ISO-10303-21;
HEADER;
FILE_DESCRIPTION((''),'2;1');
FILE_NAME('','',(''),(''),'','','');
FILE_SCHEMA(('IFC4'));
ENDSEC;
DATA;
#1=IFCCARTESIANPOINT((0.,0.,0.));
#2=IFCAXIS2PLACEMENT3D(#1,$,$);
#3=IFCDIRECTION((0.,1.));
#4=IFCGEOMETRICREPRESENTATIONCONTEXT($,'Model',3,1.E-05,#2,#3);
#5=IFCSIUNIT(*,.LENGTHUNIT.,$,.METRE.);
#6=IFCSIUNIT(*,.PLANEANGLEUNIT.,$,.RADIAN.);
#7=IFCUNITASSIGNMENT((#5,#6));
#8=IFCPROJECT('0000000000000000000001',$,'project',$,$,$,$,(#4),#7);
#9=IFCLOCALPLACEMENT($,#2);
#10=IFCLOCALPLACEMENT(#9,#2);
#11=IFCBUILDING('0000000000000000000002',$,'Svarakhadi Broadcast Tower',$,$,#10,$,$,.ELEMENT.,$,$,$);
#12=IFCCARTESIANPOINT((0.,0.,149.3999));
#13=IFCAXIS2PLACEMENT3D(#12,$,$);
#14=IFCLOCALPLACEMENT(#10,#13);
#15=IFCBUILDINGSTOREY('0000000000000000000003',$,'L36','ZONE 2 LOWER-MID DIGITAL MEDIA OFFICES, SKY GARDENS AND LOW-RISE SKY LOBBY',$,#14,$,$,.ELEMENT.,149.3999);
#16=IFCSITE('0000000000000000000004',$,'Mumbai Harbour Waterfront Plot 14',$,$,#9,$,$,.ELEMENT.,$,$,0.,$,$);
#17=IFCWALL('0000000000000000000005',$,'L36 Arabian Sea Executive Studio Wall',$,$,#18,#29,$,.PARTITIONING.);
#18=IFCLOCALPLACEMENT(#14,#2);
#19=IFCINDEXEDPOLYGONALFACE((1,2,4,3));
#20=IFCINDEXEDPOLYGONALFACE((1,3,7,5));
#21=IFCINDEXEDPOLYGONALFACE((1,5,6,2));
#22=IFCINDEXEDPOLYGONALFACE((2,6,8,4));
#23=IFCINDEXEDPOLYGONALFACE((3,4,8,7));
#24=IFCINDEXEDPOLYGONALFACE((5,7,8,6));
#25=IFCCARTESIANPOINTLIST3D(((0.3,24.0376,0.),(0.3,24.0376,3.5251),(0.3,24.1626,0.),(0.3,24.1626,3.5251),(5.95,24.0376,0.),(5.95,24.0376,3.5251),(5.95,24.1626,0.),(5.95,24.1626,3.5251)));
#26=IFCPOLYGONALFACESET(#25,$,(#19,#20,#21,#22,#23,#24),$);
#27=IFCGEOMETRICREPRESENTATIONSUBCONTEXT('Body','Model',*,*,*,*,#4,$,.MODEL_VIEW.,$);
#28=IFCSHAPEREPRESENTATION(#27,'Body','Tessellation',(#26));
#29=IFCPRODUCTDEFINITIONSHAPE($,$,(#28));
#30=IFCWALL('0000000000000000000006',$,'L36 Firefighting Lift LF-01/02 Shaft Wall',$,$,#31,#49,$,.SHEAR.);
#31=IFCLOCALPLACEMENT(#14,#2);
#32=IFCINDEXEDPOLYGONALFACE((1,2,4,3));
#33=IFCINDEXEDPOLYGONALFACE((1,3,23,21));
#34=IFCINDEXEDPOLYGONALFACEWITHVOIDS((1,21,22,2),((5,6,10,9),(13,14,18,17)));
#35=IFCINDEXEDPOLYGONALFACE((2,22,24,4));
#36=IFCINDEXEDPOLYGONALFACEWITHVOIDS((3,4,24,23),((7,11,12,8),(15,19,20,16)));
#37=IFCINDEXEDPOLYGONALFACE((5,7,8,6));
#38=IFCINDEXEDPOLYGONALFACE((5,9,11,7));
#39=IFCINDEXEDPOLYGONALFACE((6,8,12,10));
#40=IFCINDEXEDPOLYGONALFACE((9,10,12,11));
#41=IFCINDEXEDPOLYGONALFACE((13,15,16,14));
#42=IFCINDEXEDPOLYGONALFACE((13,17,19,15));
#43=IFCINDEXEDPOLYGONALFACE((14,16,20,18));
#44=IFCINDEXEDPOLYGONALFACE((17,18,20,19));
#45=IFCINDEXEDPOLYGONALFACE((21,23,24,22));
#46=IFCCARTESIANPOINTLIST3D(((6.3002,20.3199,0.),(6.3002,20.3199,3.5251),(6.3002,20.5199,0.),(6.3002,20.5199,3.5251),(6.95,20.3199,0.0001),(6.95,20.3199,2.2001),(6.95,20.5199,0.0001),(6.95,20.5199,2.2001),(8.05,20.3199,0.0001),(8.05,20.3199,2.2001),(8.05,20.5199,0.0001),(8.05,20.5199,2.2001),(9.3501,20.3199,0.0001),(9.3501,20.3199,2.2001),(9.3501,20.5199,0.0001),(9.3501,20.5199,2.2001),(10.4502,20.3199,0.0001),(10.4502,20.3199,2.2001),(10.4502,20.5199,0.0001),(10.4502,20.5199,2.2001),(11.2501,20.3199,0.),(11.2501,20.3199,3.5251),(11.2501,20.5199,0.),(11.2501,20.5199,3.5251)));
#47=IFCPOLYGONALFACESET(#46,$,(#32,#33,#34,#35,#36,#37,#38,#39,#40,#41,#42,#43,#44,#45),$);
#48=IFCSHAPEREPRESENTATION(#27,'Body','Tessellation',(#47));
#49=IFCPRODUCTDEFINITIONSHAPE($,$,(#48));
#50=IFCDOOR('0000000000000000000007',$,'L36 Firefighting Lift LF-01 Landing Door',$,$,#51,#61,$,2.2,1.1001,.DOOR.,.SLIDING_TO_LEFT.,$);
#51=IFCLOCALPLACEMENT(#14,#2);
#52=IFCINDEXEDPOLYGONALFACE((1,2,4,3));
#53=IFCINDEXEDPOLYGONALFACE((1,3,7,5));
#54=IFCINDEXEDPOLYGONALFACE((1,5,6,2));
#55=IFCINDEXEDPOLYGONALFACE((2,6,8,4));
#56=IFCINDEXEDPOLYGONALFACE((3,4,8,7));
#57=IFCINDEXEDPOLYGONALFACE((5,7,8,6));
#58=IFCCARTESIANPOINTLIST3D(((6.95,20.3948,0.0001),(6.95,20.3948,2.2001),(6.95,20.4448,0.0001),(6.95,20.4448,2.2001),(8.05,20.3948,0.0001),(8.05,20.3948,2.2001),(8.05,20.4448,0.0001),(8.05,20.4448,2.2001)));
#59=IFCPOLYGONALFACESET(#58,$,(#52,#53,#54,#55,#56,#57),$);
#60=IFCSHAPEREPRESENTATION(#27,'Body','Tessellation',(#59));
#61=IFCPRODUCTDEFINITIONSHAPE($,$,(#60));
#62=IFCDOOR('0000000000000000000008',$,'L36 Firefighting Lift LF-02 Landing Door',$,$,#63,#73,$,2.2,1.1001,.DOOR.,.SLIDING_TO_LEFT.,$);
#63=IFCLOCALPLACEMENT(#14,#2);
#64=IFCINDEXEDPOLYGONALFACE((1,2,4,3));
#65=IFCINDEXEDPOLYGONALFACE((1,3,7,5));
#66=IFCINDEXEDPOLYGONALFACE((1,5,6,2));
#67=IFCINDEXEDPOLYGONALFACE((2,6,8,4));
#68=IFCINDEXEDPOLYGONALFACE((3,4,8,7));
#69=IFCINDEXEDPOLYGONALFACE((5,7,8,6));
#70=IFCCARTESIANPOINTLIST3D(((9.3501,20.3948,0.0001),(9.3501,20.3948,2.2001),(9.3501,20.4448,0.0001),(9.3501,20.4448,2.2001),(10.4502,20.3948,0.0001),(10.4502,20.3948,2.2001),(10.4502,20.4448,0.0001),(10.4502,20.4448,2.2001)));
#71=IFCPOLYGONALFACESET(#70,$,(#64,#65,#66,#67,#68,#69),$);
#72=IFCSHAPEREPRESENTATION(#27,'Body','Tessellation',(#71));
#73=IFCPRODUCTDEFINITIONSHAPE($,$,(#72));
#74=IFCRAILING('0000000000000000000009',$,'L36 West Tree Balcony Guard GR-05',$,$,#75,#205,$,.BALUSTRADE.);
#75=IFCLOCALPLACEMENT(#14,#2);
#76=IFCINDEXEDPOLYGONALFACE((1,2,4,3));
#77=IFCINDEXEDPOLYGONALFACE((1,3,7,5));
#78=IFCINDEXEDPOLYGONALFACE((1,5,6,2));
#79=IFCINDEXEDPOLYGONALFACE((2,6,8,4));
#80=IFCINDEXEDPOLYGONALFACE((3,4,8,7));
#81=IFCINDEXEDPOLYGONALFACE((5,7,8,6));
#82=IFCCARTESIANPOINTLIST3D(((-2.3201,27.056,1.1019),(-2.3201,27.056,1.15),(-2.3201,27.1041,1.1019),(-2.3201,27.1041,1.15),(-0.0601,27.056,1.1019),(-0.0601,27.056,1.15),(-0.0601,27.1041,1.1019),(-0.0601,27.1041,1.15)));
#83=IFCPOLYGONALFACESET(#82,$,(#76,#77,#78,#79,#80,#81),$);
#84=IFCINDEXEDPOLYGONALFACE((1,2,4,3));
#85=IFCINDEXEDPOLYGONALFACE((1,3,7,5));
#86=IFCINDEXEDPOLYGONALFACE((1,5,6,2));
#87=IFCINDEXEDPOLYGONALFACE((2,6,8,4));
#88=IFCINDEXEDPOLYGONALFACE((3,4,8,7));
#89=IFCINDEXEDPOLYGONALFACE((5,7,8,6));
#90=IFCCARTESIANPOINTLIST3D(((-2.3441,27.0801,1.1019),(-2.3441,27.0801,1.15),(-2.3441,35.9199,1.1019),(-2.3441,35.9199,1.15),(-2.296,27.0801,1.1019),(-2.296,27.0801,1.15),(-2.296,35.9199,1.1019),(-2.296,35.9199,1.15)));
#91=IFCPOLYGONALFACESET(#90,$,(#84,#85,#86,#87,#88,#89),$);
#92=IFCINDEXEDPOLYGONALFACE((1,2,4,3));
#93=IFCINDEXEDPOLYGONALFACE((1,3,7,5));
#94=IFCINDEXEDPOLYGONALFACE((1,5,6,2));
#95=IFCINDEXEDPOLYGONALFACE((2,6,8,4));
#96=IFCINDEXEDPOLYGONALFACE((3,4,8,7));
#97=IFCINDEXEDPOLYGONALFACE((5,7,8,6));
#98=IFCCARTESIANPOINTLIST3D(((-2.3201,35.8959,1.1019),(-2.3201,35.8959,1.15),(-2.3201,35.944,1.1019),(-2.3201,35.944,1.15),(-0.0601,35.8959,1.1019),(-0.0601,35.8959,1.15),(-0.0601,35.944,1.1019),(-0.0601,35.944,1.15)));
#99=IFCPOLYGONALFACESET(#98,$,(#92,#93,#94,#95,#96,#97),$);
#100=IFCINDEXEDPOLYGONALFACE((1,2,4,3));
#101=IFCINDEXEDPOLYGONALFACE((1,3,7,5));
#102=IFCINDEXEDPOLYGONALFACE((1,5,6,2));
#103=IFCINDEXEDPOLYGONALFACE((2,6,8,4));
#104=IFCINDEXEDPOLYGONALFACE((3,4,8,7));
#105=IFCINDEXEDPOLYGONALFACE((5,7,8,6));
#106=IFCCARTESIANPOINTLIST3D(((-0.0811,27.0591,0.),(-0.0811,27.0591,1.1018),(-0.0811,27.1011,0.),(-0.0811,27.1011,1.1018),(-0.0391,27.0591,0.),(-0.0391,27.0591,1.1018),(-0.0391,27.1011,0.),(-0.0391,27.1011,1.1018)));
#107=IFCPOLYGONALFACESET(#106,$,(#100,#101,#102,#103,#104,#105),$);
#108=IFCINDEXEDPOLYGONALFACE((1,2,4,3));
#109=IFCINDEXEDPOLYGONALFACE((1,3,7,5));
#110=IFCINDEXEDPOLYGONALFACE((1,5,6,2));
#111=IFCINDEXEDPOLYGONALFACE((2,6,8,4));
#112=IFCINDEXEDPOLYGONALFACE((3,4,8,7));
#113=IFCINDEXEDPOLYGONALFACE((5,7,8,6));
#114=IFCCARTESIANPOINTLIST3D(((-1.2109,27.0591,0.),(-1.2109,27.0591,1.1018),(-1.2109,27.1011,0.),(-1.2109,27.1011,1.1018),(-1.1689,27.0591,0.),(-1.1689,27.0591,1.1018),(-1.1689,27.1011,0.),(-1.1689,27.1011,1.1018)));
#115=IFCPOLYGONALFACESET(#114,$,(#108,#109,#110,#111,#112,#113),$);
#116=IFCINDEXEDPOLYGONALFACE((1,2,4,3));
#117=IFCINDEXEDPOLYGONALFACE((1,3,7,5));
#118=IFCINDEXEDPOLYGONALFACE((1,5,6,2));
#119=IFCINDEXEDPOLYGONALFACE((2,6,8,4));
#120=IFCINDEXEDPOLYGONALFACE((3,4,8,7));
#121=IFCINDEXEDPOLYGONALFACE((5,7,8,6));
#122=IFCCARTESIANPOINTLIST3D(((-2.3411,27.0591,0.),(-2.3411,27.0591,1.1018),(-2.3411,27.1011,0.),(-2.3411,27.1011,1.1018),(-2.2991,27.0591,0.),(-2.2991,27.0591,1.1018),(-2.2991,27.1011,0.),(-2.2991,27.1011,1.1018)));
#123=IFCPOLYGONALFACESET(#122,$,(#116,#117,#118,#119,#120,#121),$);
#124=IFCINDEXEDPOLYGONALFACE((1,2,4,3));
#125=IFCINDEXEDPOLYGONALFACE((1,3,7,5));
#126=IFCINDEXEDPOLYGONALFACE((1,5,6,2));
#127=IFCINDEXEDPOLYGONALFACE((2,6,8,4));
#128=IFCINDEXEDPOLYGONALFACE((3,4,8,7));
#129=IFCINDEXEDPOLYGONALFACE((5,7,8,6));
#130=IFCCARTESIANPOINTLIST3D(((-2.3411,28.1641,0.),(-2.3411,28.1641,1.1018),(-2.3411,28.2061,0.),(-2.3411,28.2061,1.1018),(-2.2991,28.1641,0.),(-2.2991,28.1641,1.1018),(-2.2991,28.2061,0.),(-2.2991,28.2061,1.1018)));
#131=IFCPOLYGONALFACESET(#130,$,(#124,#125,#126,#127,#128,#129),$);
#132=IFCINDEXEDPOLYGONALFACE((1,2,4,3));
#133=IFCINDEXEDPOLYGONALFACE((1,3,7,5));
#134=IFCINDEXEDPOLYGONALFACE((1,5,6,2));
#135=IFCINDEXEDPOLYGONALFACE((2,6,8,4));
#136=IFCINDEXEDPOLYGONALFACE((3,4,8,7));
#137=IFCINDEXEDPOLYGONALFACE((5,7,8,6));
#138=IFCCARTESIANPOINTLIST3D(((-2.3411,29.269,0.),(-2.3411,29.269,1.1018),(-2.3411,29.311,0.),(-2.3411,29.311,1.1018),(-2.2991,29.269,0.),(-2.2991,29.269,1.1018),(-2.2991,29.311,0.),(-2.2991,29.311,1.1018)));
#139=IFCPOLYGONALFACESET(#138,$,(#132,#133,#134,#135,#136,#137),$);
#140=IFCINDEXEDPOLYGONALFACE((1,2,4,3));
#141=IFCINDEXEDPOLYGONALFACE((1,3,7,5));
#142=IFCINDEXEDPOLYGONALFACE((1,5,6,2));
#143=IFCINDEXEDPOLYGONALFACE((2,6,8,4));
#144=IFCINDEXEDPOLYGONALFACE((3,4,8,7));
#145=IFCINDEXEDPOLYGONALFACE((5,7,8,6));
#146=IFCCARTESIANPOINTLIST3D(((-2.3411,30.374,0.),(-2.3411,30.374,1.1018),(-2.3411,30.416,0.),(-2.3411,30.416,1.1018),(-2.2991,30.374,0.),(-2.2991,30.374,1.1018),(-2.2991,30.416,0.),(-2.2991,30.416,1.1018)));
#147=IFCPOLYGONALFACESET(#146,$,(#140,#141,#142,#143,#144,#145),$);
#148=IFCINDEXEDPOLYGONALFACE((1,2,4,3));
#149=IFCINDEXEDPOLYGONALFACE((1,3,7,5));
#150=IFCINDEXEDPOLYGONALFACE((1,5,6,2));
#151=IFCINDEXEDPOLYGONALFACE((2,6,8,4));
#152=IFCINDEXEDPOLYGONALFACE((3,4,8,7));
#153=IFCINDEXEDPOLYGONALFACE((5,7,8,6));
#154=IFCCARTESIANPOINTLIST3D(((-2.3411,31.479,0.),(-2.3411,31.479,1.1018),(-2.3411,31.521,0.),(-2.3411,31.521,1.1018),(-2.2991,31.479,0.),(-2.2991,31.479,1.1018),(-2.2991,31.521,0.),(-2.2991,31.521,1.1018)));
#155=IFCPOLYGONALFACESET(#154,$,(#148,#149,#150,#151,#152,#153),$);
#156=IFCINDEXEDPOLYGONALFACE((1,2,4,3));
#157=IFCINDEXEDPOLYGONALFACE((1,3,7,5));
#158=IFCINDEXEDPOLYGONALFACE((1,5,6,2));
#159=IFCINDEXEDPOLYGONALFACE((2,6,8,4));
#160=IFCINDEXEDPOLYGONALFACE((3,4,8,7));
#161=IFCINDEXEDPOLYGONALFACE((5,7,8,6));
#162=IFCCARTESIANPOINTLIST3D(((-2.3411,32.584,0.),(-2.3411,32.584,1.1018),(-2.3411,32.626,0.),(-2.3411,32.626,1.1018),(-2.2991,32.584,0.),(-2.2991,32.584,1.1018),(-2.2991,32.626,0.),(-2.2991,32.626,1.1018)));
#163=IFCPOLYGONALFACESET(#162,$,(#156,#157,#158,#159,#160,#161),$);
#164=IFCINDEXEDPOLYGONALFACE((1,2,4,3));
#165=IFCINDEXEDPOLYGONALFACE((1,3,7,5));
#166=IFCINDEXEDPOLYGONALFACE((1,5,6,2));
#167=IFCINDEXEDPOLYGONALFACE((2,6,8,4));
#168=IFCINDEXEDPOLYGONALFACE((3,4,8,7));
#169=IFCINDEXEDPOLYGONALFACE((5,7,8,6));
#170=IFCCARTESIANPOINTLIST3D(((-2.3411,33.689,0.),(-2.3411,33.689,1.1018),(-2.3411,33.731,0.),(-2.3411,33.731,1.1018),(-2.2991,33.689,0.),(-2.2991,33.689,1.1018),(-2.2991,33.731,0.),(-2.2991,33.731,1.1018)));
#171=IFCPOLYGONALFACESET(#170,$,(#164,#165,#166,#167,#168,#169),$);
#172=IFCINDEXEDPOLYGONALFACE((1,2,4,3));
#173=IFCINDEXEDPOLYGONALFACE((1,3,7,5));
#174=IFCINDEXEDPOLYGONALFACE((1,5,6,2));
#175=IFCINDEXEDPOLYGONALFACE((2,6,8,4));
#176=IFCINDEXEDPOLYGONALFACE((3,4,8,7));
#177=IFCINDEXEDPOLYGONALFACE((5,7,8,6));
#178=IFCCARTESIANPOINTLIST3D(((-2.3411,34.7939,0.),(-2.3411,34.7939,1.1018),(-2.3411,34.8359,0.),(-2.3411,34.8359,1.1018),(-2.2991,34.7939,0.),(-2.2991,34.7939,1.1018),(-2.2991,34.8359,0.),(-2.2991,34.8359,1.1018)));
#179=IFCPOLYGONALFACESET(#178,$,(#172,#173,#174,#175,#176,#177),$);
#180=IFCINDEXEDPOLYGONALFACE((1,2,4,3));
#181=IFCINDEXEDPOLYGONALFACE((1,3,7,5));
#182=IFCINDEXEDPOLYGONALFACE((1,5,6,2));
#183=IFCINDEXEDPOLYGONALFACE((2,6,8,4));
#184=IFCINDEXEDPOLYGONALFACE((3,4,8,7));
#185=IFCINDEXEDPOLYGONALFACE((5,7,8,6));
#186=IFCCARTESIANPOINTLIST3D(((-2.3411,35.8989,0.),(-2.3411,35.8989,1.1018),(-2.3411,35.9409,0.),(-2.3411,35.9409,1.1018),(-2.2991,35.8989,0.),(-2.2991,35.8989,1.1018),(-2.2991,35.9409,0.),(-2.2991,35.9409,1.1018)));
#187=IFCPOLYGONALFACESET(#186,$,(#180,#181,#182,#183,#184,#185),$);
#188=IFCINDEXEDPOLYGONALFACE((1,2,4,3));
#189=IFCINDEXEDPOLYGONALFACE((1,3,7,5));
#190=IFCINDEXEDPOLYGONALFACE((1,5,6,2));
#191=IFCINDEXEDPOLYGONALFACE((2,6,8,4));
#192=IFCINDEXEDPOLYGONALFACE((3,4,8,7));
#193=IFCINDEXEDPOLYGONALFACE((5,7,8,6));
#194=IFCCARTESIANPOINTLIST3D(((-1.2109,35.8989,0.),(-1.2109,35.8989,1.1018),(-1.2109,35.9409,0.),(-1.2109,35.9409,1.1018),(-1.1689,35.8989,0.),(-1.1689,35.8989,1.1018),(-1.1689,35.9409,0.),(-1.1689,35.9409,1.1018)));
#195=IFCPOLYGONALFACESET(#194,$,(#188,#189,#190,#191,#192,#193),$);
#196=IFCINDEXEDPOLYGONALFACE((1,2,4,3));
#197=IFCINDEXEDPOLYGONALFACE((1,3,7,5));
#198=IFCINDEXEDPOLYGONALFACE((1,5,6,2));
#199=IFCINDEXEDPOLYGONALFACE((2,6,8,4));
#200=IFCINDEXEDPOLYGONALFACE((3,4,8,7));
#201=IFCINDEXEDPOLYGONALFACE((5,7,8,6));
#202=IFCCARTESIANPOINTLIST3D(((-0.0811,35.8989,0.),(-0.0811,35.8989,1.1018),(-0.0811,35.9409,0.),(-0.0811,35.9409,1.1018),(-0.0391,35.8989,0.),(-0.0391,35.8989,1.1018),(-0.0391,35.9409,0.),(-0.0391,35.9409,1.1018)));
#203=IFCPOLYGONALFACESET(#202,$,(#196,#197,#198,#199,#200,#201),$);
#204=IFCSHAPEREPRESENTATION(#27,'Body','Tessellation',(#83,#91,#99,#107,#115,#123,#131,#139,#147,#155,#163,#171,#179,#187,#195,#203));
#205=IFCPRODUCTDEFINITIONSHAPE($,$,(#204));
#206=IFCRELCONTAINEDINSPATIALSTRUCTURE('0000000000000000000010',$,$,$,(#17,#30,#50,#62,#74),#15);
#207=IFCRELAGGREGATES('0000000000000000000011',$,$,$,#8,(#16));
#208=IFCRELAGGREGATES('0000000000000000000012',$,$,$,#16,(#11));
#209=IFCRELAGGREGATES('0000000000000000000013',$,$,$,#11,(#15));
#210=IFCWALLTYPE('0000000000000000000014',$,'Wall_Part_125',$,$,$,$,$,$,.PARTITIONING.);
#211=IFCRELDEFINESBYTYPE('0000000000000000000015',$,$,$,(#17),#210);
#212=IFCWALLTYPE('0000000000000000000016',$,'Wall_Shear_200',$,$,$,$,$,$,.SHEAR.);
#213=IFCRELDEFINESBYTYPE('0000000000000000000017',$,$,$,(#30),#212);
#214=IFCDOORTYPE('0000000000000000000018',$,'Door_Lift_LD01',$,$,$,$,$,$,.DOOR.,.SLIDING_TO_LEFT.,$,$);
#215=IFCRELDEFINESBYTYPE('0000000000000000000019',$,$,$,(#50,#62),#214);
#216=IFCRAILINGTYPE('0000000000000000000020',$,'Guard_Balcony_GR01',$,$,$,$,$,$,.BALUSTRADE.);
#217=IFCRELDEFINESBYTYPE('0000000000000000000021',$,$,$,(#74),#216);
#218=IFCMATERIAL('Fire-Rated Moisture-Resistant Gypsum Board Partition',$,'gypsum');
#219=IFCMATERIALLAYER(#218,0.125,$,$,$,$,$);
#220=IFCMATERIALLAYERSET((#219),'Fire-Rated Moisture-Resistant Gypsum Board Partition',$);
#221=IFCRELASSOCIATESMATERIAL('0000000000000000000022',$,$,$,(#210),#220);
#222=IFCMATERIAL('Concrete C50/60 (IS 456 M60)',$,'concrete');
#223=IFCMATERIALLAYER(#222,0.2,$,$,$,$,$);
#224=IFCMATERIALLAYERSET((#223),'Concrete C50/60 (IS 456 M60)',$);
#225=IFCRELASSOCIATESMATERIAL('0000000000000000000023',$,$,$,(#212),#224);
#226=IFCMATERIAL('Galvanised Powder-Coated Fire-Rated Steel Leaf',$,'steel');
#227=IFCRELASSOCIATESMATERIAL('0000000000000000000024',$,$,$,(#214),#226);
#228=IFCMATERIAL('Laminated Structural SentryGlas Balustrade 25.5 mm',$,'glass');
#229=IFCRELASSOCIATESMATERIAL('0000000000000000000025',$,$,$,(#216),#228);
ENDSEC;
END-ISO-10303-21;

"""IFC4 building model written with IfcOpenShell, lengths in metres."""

from ifc_helpers import new_model, si_unit, direction, frame, frame_2d, origin, origin_2d, place, context, subcontext, project, spatial, rectangle, extrude, material, layer, layer_set, type_object, element, fill, save


model = new_model("IFC4")

# Units and contexts
model_context = context("Model", 3, precision=1e-05, world=origin(), true_north=direction((0.0, 1.0)))
body_context = subcontext(model_context, "Body", "Model", "MODEL_VIEW")
ifc_project = project(units=[si_unit("LENGTHUNIT", "METRE"), si_unit("PLANEANGLEUNIT", "RADIAN")], contexts=[model_context])

# Site, building, storey
site_placement = place(None, origin())
site = spatial("IfcSite", under=ifc_project, at=site_placement, Name="Mumbai Harbour Waterfront Plot 14", CompositionType="ELEMENT", RefElevation=0.0)
building_placement = place(site_placement, origin())
building = spatial("IfcBuilding", under=site, at=building_placement, Name="Svarakhadi Broadcast Tower", CompositionType="ELEMENT")
storey_placement = place(building_placement, frame((0.0, 0.0, 149.3999)))
storey = spatial("IfcBuildingStorey", under=building, at=storey_placement, Name="L36", Description="ZONE 2 LOWER-MID DIGITAL MEDIA OFFICES, SKY GARDENS AND LOW-RISE SKY LOBBY", CompositionType="ELEMENT", Elevation=149.3999)

# Shared definitions
ifc_material_1 = material(Name="Concrete C50/60 (IS 456 M60)", Category="concrete")

# Wall
ifc_material_2 = material(Name="Fire-Rated Moisture-Resistant Gypsum Board Partition", Category="gypsum")
ifc_layer_1 = layer(ifc_material_2, 0.125)
ifc_layer_set_1 = layer_set([ifc_layer_1], Name="Fire-Rated Moisture-Resistant Gypsum Board Partition")
wall_type_1 = type_object("IfcWallType", Name="Wall_Part_125", PredefinedType="PARTITIONING", material=ifc_layer_set_1)
wall_1_placement = place(storey_placement, frame((0.3, 24.1001, 0.0), z_axis=(0.0, 0.0, 1.0), x_axis=(1.0, 0.0, 0.0)))
element("IfcWall", 1, at=wall_1_placement, inside=storey, type_object=wall_type_1, Name="L36 Arabian Sea Executive Studio Wall", PredefinedType="PARTITIONING", context=body_context, shape_type="SweptSolid", body=[
    extrude(rectangle(XDim=5.6499, YDim=0.125, at=frame_2d((2.825, 0.0))), origin(), (0.0, 0.0, 1.0), 3.5251),
])

# Wall, openings, doors
ifc_layer_2 = layer(ifc_material_1, 0.2)
ifc_layer_set_2 = layer_set([ifc_layer_2], Name="Concrete C50/60 (IS 456 M60)")
wall_type_2 = type_object("IfcWallType", Name="Wall_Shear_200", PredefinedType="SHEAR", material=ifc_layer_set_2)
wall_2_placement = place(storey_placement, frame((6.3, 20.4199, 0.0), z_axis=(0.0, 0.0, 1.0), x_axis=(1.0, 0.0, 0.0)))
wall_2 = element("IfcWall", 2, at=wall_2_placement, inside=storey, type_object=wall_type_2, Name="L36 Firefighting Lift LF-01/02 Shaft Wall", PredefinedType="SHEAR", context=body_context, shape_type="SweptSolid", body=[
    extrude(rectangle(XDim=4.95, YDim=0.2, at=frame_2d((2.4751, 0.0))), origin(), (0.0, 0.0, 1.0), 3.5251),
])
opening_1_placement = place(wall_2_placement, frame((0.6499, 0.0, 0.0)))
opening_1 = element("IfcOpeningElement", 3, at=opening_1_placement, cuts=wall_2, PredefinedType="OPENING", context=body_context, shape_type="SweptSolid", body=[
    extrude(rectangle(XDim=1.1001, YDim=2.2, at=frame_2d((0.55, 1.1001))), frame((0.0, 0.1099, 0.0), z_axis=(0.0, -1.0, 0.0), x_axis=(1.0, 0.0, 0.0)), (0.0, 0.0, 1.0), 0.22),
])
opening_2_placement = place(wall_2_placement, frame((3.05, 0.0, 0.0)))
opening_2 = element("IfcOpeningElement", 4, at=opening_2_placement, cuts=wall_2, PredefinedType="OPENING", context=body_context, shape_type="SweptSolid", body=[
    extrude(rectangle(XDim=1.1001, YDim=2.2, at=frame_2d((0.55, 1.1001))), frame((0.0, 0.1099, 0.0), z_axis=(0.0, -1.0, 0.0), x_axis=(1.0, 0.0, 0.0)), (0.0, 0.0, 1.0), 0.22),
])
ifc_material_3 = material(Name="Galvanised Powder-Coated Fire-Rated Steel Leaf", Category="steel")
door_type_1 = type_object("IfcDoorType", Name="Door_Lift_LD01", OperationType="SLIDING_TO_LEFT", PredefinedType="DOOR", material=ifc_material_3)
door_1_placement = place(opening_1_placement, origin())
door_1 = element("IfcDoor", 5, at=door_1_placement, inside=storey, type_object=door_type_1, Name="L36 Firefighting Lift LF-01 Landing Door", OperationType="SLIDING_TO_LEFT", OverallHeight=2.2, OverallWidth=1.1001, PredefinedType="DOOR", context=body_context, shape_type="SweptSolid", body=[
    extrude(rectangle(XDim=1.1001, YDim=2.2, at=frame_2d((0.55, 1.1001))), frame((0.0, 0.0249, 0.0), z_axis=(0.0, -1.0, 0.0), x_axis=(1.0, 0.0, 0.0)), (0.0, 0.0, 1.0), 0.05),
])
fill(opening_1, door_1)
door_2_placement = place(opening_2_placement, origin())
door_2 = element("IfcDoor", 6, at=door_2_placement, inside=storey, type_object=door_type_1, Name="L36 Firefighting Lift LF-02 Landing Door", OperationType="SLIDING_TO_LEFT", OverallHeight=2.2, OverallWidth=1.1001, PredefinedType="DOOR", context=body_context, shape_type="SweptSolid", body=[
    extrude(rectangle(XDim=1.1001, YDim=2.2, at=frame_2d((0.55, 1.1001))), frame((0.0, 0.0249, 0.0), z_axis=(0.0, -1.0, 0.0), x_axis=(1.0, 0.0, 0.0)), (0.0, 0.0, 1.0), 0.05),
])
fill(opening_2, door_2)

# Railing
ifc_material_4 = material(Name="Laminated Structural SentryGlas Balustrade 25.5 mm", Category="glass")
railing_type = type_object("IfcRailingType", Name="Guard_Balcony_GR01", PredefinedType="BALUSTRADE", material=ifc_material_4)
railing_placement = place(storey_placement, frame((-0.0601, 27.0801, 0.0)))
element("IfcRailing", 7, at=railing_placement, inside=storey, type_object=railing_type, Name="L36 West Tree Balcony Guard GR-05", PredefinedType="BALUSTRADE", context=body_context, shape_type="SweptSolid", body=[
    extrude(rectangle(XDim=0.0481, YDim=0.0481, at=origin_2d()), frame((0.0, 0.0, 1.126), z_axis=(-1.0, 0.0, 0.0), x_axis=(0.0, -1.0, 0.0)), (0.0, 0.0, 1.0), 2.26),
    extrude(rectangle(XDim=0.0481, YDim=0.0481, at=origin_2d()), frame((-2.26, 0.0, 1.126), z_axis=(0.0, 1.0, 0.0), x_axis=(-1.0, 0.0, 0.0)), (0.0, 0.0, 1.0), 8.8398),
    extrude(rectangle(XDim=0.0481, YDim=0.0481, at=origin_2d()), frame((-2.26, 8.8398, 1.126), z_axis=(1.0, 0.0, 0.0), x_axis=(0.0, 1.0, 0.0)), (0.0, 0.0, 1.0), 2.26),
    extrude(rectangle(XDim=0.042, YDim=0.042, at=origin_2d()), origin(), (0.0, 0.0, 1.0), 1.1018),
    extrude(rectangle(XDim=0.042, YDim=0.042, at=origin_2d()), frame((-1.1299, 0.0, 0.0)), (0.0, 0.0, 1.0), 1.1018),
    extrude(rectangle(XDim=0.042, YDim=0.042, at=origin_2d()), frame((-2.26, 0.0, 0.0)), (0.0, 0.0, 1.0), 1.1018),
    extrude(rectangle(XDim=0.042, YDim=0.042, at=origin_2d()), frame((-2.26, 1.105, 0.0)), (0.0, 0.0, 1.0), 1.1018),
    extrude(rectangle(XDim=0.042, YDim=0.042, at=origin_2d()), frame((-2.26, 2.21, 0.0)), (0.0, 0.0, 1.0), 1.1018),
    extrude(rectangle(XDim=0.042, YDim=0.042, at=origin_2d()), frame((-2.26, 3.3149, 0.0)), (0.0, 0.0, 1.0), 1.1018),
    extrude(rectangle(XDim=0.042, YDim=0.042, at=origin_2d()), frame((-2.26, 4.4199, 0.0)), (0.0, 0.0, 1.0), 1.1018),
    extrude(rectangle(XDim=0.042, YDim=0.042, at=origin_2d()), frame((-2.26, 5.5249, 0.0)), (0.0, 0.0, 1.0), 1.1018),
    extrude(rectangle(XDim=0.042, YDim=0.042, at=origin_2d()), frame((-2.26, 6.6299, 0.0)), (0.0, 0.0, 1.0), 1.1018),
    extrude(rectangle(XDim=0.042, YDim=0.042, at=origin_2d()), frame((-2.26, 7.7349, 0.0)), (0.0, 0.0, 1.0), 1.1018),
    extrude(rectangle(XDim=0.042, YDim=0.042, at=origin_2d()), frame((-2.26, 8.8398, 0.0)), (0.0, 0.0, 1.0), 1.1018),
    extrude(rectangle(XDim=0.042, YDim=0.042, at=origin_2d()), frame((-1.1299, 8.8398, 0.0)), (0.0, 0.0, 1.0), 1.1018),
    extrude(rectangle(XDim=0.042, YDim=0.042, at=origin_2d()), frame((0.0, 8.8398, 0.0)), (0.0, 0.0, 1.0), 1.1018),
])

save(model, "model.ifc")
